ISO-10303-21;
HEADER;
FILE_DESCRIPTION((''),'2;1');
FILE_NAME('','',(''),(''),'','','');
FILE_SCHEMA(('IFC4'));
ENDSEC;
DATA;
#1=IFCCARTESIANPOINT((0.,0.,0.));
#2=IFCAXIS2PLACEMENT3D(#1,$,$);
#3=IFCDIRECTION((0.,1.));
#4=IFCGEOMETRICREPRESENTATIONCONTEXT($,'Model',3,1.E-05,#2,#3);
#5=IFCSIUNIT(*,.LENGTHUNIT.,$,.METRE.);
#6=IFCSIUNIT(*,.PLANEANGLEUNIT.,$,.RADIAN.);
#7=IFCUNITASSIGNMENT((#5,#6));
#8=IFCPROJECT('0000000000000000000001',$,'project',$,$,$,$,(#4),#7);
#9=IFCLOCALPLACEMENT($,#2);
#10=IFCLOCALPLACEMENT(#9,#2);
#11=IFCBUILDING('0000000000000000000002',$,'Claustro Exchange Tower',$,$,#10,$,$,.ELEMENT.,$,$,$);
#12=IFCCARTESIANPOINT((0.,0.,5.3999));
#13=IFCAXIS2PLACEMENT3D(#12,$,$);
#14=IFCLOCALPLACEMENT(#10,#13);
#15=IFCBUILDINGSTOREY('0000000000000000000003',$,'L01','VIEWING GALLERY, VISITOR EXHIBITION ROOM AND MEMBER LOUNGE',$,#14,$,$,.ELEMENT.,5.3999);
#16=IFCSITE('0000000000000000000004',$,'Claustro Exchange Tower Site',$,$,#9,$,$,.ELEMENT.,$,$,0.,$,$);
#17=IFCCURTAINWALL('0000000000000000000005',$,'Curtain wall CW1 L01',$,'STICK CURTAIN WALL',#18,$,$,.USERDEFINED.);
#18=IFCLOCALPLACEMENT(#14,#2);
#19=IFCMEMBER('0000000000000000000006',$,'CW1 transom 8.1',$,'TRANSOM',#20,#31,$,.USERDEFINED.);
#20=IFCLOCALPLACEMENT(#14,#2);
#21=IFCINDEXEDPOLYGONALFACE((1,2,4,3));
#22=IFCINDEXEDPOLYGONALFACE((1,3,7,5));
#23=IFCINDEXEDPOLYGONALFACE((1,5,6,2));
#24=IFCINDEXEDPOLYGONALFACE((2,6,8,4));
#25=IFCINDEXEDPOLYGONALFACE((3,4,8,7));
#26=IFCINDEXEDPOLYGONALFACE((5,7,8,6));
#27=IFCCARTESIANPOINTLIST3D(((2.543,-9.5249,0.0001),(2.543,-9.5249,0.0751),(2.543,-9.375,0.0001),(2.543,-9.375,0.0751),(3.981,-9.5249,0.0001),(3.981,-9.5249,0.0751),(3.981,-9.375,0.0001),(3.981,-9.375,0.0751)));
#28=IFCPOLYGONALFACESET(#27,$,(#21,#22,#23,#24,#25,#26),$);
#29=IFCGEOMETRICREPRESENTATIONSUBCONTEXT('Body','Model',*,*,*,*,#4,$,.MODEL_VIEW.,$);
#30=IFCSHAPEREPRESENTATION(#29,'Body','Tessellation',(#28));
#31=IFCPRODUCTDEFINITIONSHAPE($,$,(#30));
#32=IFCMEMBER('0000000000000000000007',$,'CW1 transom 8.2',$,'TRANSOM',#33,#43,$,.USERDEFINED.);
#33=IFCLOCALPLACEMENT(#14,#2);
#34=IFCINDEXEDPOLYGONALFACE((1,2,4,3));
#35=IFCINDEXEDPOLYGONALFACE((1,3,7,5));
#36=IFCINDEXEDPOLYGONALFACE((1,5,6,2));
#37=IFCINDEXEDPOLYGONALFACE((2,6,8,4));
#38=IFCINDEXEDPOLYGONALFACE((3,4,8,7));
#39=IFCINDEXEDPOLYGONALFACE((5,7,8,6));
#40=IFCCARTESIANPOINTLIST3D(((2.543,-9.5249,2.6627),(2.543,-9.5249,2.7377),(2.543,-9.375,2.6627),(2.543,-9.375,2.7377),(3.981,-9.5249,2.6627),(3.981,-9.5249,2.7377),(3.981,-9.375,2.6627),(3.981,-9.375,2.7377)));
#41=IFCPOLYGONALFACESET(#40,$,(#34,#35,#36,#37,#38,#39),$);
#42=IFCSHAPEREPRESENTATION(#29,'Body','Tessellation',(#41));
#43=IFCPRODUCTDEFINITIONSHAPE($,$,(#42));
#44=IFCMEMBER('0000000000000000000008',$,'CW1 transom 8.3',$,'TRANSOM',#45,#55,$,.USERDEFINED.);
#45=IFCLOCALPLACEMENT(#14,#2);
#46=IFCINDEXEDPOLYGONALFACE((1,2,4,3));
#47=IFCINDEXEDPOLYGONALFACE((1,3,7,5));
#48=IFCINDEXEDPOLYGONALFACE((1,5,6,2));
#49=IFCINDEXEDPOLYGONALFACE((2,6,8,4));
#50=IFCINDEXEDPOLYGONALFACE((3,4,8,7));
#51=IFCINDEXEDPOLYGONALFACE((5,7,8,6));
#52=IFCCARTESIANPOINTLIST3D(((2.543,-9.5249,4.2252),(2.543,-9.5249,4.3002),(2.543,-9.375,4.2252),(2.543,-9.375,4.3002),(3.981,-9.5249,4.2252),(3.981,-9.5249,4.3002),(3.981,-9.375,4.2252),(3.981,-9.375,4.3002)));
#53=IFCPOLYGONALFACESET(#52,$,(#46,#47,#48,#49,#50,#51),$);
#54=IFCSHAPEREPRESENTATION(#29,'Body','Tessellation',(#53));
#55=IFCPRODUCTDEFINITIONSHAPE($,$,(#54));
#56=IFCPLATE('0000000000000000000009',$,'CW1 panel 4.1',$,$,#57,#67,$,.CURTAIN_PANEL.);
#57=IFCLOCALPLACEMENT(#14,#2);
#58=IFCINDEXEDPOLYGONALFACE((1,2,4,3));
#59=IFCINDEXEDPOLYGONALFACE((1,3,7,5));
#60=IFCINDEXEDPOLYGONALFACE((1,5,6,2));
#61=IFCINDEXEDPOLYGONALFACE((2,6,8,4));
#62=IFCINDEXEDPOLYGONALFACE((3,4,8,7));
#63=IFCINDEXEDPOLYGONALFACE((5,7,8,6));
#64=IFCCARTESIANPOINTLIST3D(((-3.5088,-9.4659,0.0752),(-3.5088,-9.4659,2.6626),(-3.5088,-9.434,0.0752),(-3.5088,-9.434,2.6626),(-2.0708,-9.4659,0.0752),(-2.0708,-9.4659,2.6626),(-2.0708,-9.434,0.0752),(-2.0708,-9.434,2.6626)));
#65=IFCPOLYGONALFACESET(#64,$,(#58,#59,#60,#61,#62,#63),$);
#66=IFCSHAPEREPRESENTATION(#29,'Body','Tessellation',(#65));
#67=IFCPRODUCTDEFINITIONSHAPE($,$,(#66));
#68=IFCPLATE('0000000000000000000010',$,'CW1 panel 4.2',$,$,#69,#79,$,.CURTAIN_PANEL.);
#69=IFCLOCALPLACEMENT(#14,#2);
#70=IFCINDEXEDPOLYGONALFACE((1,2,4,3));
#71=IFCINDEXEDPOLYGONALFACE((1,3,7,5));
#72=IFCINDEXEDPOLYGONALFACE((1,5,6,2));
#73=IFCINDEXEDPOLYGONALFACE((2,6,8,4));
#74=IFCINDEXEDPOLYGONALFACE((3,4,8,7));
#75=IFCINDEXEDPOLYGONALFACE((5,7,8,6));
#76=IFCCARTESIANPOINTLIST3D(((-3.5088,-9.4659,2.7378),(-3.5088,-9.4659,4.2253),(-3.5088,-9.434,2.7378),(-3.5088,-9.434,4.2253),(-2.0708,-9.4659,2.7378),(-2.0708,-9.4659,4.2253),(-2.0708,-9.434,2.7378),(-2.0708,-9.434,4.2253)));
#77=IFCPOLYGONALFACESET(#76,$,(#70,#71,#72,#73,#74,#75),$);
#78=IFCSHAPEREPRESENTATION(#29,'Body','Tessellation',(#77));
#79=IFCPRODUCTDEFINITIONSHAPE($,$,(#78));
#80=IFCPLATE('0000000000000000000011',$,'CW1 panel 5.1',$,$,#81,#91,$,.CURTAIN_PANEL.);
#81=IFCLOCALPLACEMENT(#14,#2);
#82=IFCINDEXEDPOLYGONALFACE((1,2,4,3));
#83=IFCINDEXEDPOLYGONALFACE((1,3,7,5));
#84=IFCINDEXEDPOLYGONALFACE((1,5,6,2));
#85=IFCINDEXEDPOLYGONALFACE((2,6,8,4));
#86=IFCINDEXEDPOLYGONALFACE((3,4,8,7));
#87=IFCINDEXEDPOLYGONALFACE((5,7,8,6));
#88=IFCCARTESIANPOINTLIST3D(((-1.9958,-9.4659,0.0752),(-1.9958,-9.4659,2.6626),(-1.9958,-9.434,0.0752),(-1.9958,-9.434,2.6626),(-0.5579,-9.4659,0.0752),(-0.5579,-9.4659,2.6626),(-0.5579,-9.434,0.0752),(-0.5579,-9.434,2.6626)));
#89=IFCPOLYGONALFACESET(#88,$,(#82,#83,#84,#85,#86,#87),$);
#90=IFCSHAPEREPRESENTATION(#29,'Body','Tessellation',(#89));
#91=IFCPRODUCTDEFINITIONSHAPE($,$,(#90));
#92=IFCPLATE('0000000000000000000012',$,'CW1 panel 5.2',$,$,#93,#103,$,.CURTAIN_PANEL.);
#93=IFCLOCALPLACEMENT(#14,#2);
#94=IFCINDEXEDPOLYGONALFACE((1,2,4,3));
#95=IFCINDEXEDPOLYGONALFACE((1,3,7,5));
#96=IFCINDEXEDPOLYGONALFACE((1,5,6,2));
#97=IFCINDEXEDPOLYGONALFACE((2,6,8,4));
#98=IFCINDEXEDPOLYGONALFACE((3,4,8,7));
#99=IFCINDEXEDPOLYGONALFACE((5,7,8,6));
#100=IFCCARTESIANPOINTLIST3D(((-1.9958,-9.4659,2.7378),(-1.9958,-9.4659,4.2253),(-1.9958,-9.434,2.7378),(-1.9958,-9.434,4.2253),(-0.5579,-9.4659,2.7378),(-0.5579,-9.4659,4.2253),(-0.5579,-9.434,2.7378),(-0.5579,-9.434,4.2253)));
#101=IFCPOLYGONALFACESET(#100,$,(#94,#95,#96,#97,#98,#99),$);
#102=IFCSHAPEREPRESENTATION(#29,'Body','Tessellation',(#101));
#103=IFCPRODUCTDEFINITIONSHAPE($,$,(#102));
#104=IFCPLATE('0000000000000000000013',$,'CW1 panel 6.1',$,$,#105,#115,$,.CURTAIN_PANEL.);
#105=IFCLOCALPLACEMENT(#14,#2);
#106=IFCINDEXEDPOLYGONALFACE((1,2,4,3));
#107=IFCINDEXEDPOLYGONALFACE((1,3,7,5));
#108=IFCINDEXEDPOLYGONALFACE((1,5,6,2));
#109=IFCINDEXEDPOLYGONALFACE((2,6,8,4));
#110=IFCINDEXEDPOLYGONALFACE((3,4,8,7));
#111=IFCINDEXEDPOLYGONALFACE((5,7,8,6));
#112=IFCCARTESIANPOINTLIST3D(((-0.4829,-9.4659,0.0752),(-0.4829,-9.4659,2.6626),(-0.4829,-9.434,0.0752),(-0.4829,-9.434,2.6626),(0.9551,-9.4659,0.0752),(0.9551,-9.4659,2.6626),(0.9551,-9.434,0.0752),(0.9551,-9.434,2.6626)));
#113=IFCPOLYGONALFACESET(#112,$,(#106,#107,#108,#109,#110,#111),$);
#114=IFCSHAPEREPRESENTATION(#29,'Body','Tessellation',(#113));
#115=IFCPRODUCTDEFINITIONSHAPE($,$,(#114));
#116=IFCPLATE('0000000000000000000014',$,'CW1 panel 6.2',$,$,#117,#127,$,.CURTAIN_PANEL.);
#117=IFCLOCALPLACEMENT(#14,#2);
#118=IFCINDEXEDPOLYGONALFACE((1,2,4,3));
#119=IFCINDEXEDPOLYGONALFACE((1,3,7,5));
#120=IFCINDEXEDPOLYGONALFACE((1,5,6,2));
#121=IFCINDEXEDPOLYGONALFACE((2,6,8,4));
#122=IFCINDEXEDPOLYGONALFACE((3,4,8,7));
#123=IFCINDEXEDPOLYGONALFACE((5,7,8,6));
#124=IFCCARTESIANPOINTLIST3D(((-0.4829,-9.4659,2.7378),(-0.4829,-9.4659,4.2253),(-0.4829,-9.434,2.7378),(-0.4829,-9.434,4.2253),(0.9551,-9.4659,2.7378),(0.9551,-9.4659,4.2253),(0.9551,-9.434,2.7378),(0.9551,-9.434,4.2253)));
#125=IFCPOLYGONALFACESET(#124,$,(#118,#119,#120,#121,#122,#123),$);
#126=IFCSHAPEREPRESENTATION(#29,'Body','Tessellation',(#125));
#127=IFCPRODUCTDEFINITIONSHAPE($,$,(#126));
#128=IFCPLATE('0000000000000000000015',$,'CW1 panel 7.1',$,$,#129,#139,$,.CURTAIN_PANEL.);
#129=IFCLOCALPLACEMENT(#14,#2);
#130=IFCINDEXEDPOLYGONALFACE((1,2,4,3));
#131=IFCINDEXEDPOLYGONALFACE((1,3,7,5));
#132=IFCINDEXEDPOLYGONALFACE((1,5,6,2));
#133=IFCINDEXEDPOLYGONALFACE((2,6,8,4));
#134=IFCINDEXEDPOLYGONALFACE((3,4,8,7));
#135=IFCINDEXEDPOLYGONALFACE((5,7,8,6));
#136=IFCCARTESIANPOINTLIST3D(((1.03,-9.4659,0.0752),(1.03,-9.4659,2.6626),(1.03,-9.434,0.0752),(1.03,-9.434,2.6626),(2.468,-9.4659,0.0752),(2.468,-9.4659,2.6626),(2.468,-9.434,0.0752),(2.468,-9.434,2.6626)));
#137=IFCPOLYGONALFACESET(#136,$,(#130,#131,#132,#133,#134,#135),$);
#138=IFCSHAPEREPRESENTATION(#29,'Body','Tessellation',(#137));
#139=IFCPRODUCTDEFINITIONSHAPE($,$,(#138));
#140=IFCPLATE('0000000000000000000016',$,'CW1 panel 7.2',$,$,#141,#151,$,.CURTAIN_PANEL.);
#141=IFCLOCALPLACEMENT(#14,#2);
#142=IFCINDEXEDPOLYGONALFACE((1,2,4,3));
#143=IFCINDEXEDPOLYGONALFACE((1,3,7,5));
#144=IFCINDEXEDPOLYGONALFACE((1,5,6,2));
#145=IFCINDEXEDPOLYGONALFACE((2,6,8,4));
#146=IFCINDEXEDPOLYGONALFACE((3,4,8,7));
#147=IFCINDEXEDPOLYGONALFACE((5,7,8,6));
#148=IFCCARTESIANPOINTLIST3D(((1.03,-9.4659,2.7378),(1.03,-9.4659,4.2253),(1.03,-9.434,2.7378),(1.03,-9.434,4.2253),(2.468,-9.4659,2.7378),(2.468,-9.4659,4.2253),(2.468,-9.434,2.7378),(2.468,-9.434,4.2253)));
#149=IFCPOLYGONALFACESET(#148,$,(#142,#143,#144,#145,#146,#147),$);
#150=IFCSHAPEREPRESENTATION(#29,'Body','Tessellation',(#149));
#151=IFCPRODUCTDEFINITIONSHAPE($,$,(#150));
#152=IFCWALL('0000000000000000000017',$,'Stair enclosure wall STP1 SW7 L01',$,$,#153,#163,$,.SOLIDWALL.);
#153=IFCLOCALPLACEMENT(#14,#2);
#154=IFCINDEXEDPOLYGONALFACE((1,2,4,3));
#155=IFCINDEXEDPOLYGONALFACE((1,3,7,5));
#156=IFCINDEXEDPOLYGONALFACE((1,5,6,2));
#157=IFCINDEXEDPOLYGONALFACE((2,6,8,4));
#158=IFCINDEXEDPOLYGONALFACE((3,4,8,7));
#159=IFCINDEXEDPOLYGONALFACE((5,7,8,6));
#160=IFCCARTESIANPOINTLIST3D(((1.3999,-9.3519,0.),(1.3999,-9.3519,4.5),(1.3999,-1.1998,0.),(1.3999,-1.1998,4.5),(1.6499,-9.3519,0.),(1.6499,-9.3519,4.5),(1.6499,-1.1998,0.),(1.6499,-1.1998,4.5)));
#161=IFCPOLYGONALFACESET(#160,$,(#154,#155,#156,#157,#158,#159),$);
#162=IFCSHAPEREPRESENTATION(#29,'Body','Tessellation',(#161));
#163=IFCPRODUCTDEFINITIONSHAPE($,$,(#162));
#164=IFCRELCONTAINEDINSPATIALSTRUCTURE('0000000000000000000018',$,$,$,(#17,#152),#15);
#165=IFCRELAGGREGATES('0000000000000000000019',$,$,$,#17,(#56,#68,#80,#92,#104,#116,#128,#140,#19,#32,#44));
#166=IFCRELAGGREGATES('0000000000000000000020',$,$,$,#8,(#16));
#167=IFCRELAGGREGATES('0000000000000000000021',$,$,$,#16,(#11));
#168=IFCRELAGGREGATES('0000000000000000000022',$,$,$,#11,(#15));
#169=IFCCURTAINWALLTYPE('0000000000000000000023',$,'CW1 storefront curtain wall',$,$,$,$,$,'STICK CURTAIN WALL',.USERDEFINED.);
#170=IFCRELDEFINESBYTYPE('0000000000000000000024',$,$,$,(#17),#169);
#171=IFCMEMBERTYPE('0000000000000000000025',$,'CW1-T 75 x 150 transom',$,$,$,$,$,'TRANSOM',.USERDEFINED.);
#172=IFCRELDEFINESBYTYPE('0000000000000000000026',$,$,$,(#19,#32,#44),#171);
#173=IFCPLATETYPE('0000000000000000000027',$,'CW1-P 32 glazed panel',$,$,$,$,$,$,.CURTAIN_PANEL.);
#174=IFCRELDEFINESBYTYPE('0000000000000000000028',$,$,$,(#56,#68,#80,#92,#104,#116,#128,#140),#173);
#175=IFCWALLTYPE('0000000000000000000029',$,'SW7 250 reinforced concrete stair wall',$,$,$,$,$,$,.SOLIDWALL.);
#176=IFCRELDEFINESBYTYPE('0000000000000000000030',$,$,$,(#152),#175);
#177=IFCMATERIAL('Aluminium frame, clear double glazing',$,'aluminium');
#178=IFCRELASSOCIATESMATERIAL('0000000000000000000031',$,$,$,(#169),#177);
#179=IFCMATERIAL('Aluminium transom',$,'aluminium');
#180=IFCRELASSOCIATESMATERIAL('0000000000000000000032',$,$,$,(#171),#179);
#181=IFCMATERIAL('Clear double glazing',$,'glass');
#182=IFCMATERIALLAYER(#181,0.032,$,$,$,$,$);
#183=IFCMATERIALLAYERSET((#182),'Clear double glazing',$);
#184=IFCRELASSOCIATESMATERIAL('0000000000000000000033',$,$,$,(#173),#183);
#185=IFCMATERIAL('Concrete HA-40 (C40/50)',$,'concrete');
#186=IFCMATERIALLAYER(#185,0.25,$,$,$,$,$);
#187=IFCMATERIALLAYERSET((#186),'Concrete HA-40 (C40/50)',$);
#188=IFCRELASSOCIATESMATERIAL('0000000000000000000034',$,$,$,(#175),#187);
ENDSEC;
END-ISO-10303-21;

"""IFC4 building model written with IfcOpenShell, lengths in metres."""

from ifc_helpers import new_model, si_unit, direction, frame, frame_2d, origin, origin_2d, place, context, subcontext, project, spatial, rectangle, extrude, material, layer, layer_set, material_profile, profile_set, type_object, element, aggregate, save


model = new_model("IFC4")

# Units and contexts
model_context = context("Model", 3, precision=1e-05, world=origin(), true_north=direction((0.0, 1.0)))
body_context = subcontext(model_context, "Body", "Model", "MODEL_VIEW")
ifc_project = project(units=[si_unit("LENGTHUNIT", "METRE"), si_unit("PLANEANGLEUNIT", "RADIAN")], contexts=[model_context])

# Site, building, storey
site_placement = place(None, origin())
site = spatial("IfcSite", under=ifc_project, at=site_placement, Name="Claustro Exchange Tower Site", CompositionType="ELEMENT", RefElevation=0.0)
building_placement = place(site_placement, origin())
building = spatial("IfcBuilding", under=site, at=building_placement, Name="Claustro Exchange Tower", CompositionType="ELEMENT")
storey_placement = place(building_placement, frame((0.0, 0.0, 5.3999)))
storey = spatial("IfcBuildingStorey", under=building, at=storey_placement, Name="L01", Description="VIEWING GALLERY, VISITOR EXHIBITION ROOM AND MEMBER LOUNGE", CompositionType="ELEMENT", Elevation=5.3999)

# Curtain wall, members, plates
ifc_material_1 = material(Name="Aluminium frame, clear double glazing", Category="aluminium")
curtain_wall_type = type_object("IfcCurtainWallType", Name="CW1 storefront curtain wall", ElementType="STICK CURTAIN WALL", PredefinedType="USERDEFINED", material=ifc_material_1)
curtain_wall_placement = place(storey_placement, origin())
curtain_wall = element("IfcCurtainWall", 1, at=curtain_wall_placement, inside=storey, type_object=curtain_wall_type, Name="Curtain wall CW1 L01", ObjectType="STICK CURTAIN WALL", PredefinedType="USERDEFINED")
ifc_material_2 = material(Name="Aluminium transom", Category="aluminium")
ifc_material_profile_1 = material_profile(ifc_material_2, rectangle(XDim=0.1499, YDim=0.075, at=origin_2d()), Name="CW1-T 75x150")
ifc_profile_set_1 = profile_set([ifc_material_profile_1], Name="Aluminium transom")
member_type_1 = type_object("IfcMemberType", Name="CW1-T 75 x 150 transom", ElementType="TRANSOM", PredefinedType="USERDEFINED", material=ifc_profile_set_1)
member_1_placement = place(storey_placement, frame((2.543, -9.45, 0.0376), z_axis=(1.0, 0.0, 0.0), x_axis=(0.0, 1.0, 0.0)))
member_1 = element("IfcMember", 2, at=member_1_placement, type_object=member_type_1, Name="CW1 transom 8.1", ObjectType="TRANSOM", PredefinedType="USERDEFINED", context=body_context, shape_type="SweptSolid", body=[
    extrude(rectangle(XDim=0.1499, YDim=0.075, at=origin_2d()), origin(), (0.0, 0.0, 1.0), 1.438),
])
member_2_placement = place(storey_placement, frame((2.543, -9.45, 2.7002), z_axis=(1.0, 0.0, 0.0), x_axis=(0.0, 1.0, 0.0)))
member_2 = element("IfcMember", 3, at=member_2_placement, type_object=member_type_1, Name="CW1 transom 8.2", ObjectType="TRANSOM", PredefinedType="USERDEFINED", context=body_context, shape_type="SweptSolid", body=[
    extrude(rectangle(XDim=0.1499, YDim=0.075, at=origin_2d()), origin(), (0.0, 0.0, 1.0), 1.438),
])
member_3_placement = place(storey_placement, frame((2.543, -9.45, 4.2627), z_axis=(1.0, 0.0, 0.0), x_axis=(0.0, 1.0, 0.0)))
member_3 = element("IfcMember", 4, at=member_3_placement, type_object=member_type_1, Name="CW1 transom 8.3", ObjectType="TRANSOM", PredefinedType="USERDEFINED", context=body_context, shape_type="SweptSolid", body=[
    extrude(rectangle(XDim=0.1499, YDim=0.075, at=origin_2d()), origin(), (0.0, 0.0, 1.0), 1.438),
])
ifc_material_3 = material(Name="Clear double glazing", Category="glass")
ifc_layer_1 = layer(ifc_material_3, 0.032)
ifc_layer_set_1 = layer_set([ifc_layer_1], Name="Clear double glazing")
plate_type = type_object("IfcPlateType", Name="CW1-P 32 glazed panel", PredefinedType="CURTAIN_PANEL", material=ifc_layer_set_1)
plate_1_placement = place(storey_placement, frame((-2.7898, -9.45, 0.0752), z_axis=(0.0, 0.0, 1.0), x_axis=(1.0, 0.0, 0.0)))
plate_1 = element("IfcPlate", 5, at=plate_1_placement, type_object=plate_type, Name="CW1 panel 4.1", PredefinedType="CURTAIN_PANEL", context=body_context, shape_type="SweptSolid", body=[
    extrude(rectangle(XDim=1.438, YDim=0.032, at=origin_2d()), origin(), (0.0, 0.0, 1.0), 2.5874),
])
plate_2_placement = place(storey_placement, frame((-2.7898, -9.45, 2.7378), z_axis=(0.0, 0.0, 1.0), x_axis=(1.0, 0.0, 0.0)))
plate_2 = element("IfcPlate", 6, at=plate_2_placement, type_object=plate_type, Name="CW1 panel 4.2", PredefinedType="CURTAIN_PANEL", context=body_context, shape_type="SweptSolid", body=[
    extrude(rectangle(XDim=1.438, YDim=0.032, at=origin_2d()), origin(), (0.0, 0.0, 1.0), 1.4875),
])
plate_3_placement = place(storey_placement, frame((-1.2769, -9.45, 0.0752), z_axis=(0.0, 0.0, 1.0), x_axis=(1.0, 0.0, 0.0)))
plate_3 = element("IfcPlate", 7, at=plate_3_placement, type_object=plate_type, Name="CW1 panel 5.1", PredefinedType="CURTAIN_PANEL", context=body_context, shape_type="SweptSolid", body=[
    extrude(rectangle(XDim=1.438, YDim=0.032, at=origin_2d()), origin(), (0.0, 0.0, 1.0), 2.5874),
])
plate_4_placement = place(storey_placement, frame((-1.2769, -9.45, 2.7378), z_axis=(0.0, 0.0, 1.0), x_axis=(1.0, 0.0, 0.0)))
plate_4 = element("IfcPlate", 8, at=plate_4_placement, type_object=plate_type, Name="CW1 panel 5.2", PredefinedType="CURTAIN_PANEL", context=body_context, shape_type="SweptSolid", body=[
    extrude(rectangle(XDim=1.438, YDim=0.032, at=origin_2d()), origin(), (0.0, 0.0, 1.0), 1.4875),
])
plate_5_placement = place(storey_placement, frame((0.2361, -9.45, 0.0752), z_axis=(0.0, 0.0, 1.0), x_axis=(1.0, 0.0, 0.0)))
plate_5 = element("IfcPlate", 9, at=plate_5_placement, type_object=plate_type, Name="CW1 panel 6.1", PredefinedType="CURTAIN_PANEL", context=body_context, shape_type="SweptSolid", body=[
    extrude(rectangle(XDim=1.438, YDim=0.032, at=origin_2d()), origin(), (0.0, 0.0, 1.0), 2.5874),
])
plate_6_placement = place(storey_placement, frame((0.2361, -9.45, 2.7378), z_axis=(0.0, 0.0, 1.0), x_axis=(1.0, 0.0, 0.0)))
plate_6 = element("IfcPlate", 10, at=plate_6_placement, type_object=plate_type, Name="CW1 panel 6.2", PredefinedType="CURTAIN_PANEL", context=body_context, shape_type="SweptSolid", body=[
    extrude(rectangle(XDim=1.438, YDim=0.032, at=origin_2d()), origin(), (0.0, 0.0, 1.0), 1.4875),
])
plate_7_placement = place(storey_placement, frame((1.749, -9.45, 0.0752), z_axis=(0.0, 0.0, 1.0), x_axis=(1.0, 0.0, 0.0)))
plate_7 = element("IfcPlate", 11, at=plate_7_placement, type_object=plate_type, Name="CW1 panel 7.1", PredefinedType="CURTAIN_PANEL", context=body_context, shape_type="SweptSolid", body=[
    extrude(rectangle(XDim=1.438, YDim=0.032, at=origin_2d()), origin(), (0.0, 0.0, 1.0), 2.5874),
])
plate_8_placement = place(storey_placement, frame((1.749, -9.45, 2.7378), z_axis=(0.0, 0.0, 1.0), x_axis=(1.0, 0.0, 0.0)))
plate_8 = element("IfcPlate", 12, at=plate_8_placement, type_object=plate_type, Name="CW1 panel 7.2", PredefinedType="CURTAIN_PANEL", context=body_context, shape_type="SweptSolid", body=[
    extrude(rectangle(XDim=1.438, YDim=0.032, at=origin_2d()), origin(), (0.0, 0.0, 1.0), 1.4875),
])
aggregate(curtain_wall, [plate_1, plate_2, plate_3, plate_4, plate_5, plate_6, plate_7, plate_8, member_1, member_2, member_3])

# Wall
ifc_material_4 = material(Name="Concrete HA-40 (C40/50)", Category="concrete")
ifc_layer_2 = layer(ifc_material_4, 0.25)
ifc_layer_set_2 = layer_set([ifc_layer_2], Name="Concrete HA-40 (C40/50)")
wall_type = type_object("IfcWallType", Name="SW7 250 reinforced concrete stair wall", PredefinedType="SOLIDWALL", material=ifc_layer_set_2)
wall_placement = place(storey_placement, frame((1.5249, -9.3521, 0.0), z_axis=(0.0, 0.0, 1.0), x_axis=(0.0, 1.0, 0.0)))
element("IfcWall", 13, at=wall_placement, inside=storey, type_object=wall_type, Name="Stair enclosure wall STP1 SW7 L01", PredefinedType="SOLIDWALL", context=body_context, shape_type="SweptSolid", body=[
    extrude(rectangle(XDim=8.1521, YDim=0.25, at=frame_2d((4.0762, 0.0))), origin(), (0.0, 0.0, 1.0), 4.5),
])

save(model, "model.ifc")
